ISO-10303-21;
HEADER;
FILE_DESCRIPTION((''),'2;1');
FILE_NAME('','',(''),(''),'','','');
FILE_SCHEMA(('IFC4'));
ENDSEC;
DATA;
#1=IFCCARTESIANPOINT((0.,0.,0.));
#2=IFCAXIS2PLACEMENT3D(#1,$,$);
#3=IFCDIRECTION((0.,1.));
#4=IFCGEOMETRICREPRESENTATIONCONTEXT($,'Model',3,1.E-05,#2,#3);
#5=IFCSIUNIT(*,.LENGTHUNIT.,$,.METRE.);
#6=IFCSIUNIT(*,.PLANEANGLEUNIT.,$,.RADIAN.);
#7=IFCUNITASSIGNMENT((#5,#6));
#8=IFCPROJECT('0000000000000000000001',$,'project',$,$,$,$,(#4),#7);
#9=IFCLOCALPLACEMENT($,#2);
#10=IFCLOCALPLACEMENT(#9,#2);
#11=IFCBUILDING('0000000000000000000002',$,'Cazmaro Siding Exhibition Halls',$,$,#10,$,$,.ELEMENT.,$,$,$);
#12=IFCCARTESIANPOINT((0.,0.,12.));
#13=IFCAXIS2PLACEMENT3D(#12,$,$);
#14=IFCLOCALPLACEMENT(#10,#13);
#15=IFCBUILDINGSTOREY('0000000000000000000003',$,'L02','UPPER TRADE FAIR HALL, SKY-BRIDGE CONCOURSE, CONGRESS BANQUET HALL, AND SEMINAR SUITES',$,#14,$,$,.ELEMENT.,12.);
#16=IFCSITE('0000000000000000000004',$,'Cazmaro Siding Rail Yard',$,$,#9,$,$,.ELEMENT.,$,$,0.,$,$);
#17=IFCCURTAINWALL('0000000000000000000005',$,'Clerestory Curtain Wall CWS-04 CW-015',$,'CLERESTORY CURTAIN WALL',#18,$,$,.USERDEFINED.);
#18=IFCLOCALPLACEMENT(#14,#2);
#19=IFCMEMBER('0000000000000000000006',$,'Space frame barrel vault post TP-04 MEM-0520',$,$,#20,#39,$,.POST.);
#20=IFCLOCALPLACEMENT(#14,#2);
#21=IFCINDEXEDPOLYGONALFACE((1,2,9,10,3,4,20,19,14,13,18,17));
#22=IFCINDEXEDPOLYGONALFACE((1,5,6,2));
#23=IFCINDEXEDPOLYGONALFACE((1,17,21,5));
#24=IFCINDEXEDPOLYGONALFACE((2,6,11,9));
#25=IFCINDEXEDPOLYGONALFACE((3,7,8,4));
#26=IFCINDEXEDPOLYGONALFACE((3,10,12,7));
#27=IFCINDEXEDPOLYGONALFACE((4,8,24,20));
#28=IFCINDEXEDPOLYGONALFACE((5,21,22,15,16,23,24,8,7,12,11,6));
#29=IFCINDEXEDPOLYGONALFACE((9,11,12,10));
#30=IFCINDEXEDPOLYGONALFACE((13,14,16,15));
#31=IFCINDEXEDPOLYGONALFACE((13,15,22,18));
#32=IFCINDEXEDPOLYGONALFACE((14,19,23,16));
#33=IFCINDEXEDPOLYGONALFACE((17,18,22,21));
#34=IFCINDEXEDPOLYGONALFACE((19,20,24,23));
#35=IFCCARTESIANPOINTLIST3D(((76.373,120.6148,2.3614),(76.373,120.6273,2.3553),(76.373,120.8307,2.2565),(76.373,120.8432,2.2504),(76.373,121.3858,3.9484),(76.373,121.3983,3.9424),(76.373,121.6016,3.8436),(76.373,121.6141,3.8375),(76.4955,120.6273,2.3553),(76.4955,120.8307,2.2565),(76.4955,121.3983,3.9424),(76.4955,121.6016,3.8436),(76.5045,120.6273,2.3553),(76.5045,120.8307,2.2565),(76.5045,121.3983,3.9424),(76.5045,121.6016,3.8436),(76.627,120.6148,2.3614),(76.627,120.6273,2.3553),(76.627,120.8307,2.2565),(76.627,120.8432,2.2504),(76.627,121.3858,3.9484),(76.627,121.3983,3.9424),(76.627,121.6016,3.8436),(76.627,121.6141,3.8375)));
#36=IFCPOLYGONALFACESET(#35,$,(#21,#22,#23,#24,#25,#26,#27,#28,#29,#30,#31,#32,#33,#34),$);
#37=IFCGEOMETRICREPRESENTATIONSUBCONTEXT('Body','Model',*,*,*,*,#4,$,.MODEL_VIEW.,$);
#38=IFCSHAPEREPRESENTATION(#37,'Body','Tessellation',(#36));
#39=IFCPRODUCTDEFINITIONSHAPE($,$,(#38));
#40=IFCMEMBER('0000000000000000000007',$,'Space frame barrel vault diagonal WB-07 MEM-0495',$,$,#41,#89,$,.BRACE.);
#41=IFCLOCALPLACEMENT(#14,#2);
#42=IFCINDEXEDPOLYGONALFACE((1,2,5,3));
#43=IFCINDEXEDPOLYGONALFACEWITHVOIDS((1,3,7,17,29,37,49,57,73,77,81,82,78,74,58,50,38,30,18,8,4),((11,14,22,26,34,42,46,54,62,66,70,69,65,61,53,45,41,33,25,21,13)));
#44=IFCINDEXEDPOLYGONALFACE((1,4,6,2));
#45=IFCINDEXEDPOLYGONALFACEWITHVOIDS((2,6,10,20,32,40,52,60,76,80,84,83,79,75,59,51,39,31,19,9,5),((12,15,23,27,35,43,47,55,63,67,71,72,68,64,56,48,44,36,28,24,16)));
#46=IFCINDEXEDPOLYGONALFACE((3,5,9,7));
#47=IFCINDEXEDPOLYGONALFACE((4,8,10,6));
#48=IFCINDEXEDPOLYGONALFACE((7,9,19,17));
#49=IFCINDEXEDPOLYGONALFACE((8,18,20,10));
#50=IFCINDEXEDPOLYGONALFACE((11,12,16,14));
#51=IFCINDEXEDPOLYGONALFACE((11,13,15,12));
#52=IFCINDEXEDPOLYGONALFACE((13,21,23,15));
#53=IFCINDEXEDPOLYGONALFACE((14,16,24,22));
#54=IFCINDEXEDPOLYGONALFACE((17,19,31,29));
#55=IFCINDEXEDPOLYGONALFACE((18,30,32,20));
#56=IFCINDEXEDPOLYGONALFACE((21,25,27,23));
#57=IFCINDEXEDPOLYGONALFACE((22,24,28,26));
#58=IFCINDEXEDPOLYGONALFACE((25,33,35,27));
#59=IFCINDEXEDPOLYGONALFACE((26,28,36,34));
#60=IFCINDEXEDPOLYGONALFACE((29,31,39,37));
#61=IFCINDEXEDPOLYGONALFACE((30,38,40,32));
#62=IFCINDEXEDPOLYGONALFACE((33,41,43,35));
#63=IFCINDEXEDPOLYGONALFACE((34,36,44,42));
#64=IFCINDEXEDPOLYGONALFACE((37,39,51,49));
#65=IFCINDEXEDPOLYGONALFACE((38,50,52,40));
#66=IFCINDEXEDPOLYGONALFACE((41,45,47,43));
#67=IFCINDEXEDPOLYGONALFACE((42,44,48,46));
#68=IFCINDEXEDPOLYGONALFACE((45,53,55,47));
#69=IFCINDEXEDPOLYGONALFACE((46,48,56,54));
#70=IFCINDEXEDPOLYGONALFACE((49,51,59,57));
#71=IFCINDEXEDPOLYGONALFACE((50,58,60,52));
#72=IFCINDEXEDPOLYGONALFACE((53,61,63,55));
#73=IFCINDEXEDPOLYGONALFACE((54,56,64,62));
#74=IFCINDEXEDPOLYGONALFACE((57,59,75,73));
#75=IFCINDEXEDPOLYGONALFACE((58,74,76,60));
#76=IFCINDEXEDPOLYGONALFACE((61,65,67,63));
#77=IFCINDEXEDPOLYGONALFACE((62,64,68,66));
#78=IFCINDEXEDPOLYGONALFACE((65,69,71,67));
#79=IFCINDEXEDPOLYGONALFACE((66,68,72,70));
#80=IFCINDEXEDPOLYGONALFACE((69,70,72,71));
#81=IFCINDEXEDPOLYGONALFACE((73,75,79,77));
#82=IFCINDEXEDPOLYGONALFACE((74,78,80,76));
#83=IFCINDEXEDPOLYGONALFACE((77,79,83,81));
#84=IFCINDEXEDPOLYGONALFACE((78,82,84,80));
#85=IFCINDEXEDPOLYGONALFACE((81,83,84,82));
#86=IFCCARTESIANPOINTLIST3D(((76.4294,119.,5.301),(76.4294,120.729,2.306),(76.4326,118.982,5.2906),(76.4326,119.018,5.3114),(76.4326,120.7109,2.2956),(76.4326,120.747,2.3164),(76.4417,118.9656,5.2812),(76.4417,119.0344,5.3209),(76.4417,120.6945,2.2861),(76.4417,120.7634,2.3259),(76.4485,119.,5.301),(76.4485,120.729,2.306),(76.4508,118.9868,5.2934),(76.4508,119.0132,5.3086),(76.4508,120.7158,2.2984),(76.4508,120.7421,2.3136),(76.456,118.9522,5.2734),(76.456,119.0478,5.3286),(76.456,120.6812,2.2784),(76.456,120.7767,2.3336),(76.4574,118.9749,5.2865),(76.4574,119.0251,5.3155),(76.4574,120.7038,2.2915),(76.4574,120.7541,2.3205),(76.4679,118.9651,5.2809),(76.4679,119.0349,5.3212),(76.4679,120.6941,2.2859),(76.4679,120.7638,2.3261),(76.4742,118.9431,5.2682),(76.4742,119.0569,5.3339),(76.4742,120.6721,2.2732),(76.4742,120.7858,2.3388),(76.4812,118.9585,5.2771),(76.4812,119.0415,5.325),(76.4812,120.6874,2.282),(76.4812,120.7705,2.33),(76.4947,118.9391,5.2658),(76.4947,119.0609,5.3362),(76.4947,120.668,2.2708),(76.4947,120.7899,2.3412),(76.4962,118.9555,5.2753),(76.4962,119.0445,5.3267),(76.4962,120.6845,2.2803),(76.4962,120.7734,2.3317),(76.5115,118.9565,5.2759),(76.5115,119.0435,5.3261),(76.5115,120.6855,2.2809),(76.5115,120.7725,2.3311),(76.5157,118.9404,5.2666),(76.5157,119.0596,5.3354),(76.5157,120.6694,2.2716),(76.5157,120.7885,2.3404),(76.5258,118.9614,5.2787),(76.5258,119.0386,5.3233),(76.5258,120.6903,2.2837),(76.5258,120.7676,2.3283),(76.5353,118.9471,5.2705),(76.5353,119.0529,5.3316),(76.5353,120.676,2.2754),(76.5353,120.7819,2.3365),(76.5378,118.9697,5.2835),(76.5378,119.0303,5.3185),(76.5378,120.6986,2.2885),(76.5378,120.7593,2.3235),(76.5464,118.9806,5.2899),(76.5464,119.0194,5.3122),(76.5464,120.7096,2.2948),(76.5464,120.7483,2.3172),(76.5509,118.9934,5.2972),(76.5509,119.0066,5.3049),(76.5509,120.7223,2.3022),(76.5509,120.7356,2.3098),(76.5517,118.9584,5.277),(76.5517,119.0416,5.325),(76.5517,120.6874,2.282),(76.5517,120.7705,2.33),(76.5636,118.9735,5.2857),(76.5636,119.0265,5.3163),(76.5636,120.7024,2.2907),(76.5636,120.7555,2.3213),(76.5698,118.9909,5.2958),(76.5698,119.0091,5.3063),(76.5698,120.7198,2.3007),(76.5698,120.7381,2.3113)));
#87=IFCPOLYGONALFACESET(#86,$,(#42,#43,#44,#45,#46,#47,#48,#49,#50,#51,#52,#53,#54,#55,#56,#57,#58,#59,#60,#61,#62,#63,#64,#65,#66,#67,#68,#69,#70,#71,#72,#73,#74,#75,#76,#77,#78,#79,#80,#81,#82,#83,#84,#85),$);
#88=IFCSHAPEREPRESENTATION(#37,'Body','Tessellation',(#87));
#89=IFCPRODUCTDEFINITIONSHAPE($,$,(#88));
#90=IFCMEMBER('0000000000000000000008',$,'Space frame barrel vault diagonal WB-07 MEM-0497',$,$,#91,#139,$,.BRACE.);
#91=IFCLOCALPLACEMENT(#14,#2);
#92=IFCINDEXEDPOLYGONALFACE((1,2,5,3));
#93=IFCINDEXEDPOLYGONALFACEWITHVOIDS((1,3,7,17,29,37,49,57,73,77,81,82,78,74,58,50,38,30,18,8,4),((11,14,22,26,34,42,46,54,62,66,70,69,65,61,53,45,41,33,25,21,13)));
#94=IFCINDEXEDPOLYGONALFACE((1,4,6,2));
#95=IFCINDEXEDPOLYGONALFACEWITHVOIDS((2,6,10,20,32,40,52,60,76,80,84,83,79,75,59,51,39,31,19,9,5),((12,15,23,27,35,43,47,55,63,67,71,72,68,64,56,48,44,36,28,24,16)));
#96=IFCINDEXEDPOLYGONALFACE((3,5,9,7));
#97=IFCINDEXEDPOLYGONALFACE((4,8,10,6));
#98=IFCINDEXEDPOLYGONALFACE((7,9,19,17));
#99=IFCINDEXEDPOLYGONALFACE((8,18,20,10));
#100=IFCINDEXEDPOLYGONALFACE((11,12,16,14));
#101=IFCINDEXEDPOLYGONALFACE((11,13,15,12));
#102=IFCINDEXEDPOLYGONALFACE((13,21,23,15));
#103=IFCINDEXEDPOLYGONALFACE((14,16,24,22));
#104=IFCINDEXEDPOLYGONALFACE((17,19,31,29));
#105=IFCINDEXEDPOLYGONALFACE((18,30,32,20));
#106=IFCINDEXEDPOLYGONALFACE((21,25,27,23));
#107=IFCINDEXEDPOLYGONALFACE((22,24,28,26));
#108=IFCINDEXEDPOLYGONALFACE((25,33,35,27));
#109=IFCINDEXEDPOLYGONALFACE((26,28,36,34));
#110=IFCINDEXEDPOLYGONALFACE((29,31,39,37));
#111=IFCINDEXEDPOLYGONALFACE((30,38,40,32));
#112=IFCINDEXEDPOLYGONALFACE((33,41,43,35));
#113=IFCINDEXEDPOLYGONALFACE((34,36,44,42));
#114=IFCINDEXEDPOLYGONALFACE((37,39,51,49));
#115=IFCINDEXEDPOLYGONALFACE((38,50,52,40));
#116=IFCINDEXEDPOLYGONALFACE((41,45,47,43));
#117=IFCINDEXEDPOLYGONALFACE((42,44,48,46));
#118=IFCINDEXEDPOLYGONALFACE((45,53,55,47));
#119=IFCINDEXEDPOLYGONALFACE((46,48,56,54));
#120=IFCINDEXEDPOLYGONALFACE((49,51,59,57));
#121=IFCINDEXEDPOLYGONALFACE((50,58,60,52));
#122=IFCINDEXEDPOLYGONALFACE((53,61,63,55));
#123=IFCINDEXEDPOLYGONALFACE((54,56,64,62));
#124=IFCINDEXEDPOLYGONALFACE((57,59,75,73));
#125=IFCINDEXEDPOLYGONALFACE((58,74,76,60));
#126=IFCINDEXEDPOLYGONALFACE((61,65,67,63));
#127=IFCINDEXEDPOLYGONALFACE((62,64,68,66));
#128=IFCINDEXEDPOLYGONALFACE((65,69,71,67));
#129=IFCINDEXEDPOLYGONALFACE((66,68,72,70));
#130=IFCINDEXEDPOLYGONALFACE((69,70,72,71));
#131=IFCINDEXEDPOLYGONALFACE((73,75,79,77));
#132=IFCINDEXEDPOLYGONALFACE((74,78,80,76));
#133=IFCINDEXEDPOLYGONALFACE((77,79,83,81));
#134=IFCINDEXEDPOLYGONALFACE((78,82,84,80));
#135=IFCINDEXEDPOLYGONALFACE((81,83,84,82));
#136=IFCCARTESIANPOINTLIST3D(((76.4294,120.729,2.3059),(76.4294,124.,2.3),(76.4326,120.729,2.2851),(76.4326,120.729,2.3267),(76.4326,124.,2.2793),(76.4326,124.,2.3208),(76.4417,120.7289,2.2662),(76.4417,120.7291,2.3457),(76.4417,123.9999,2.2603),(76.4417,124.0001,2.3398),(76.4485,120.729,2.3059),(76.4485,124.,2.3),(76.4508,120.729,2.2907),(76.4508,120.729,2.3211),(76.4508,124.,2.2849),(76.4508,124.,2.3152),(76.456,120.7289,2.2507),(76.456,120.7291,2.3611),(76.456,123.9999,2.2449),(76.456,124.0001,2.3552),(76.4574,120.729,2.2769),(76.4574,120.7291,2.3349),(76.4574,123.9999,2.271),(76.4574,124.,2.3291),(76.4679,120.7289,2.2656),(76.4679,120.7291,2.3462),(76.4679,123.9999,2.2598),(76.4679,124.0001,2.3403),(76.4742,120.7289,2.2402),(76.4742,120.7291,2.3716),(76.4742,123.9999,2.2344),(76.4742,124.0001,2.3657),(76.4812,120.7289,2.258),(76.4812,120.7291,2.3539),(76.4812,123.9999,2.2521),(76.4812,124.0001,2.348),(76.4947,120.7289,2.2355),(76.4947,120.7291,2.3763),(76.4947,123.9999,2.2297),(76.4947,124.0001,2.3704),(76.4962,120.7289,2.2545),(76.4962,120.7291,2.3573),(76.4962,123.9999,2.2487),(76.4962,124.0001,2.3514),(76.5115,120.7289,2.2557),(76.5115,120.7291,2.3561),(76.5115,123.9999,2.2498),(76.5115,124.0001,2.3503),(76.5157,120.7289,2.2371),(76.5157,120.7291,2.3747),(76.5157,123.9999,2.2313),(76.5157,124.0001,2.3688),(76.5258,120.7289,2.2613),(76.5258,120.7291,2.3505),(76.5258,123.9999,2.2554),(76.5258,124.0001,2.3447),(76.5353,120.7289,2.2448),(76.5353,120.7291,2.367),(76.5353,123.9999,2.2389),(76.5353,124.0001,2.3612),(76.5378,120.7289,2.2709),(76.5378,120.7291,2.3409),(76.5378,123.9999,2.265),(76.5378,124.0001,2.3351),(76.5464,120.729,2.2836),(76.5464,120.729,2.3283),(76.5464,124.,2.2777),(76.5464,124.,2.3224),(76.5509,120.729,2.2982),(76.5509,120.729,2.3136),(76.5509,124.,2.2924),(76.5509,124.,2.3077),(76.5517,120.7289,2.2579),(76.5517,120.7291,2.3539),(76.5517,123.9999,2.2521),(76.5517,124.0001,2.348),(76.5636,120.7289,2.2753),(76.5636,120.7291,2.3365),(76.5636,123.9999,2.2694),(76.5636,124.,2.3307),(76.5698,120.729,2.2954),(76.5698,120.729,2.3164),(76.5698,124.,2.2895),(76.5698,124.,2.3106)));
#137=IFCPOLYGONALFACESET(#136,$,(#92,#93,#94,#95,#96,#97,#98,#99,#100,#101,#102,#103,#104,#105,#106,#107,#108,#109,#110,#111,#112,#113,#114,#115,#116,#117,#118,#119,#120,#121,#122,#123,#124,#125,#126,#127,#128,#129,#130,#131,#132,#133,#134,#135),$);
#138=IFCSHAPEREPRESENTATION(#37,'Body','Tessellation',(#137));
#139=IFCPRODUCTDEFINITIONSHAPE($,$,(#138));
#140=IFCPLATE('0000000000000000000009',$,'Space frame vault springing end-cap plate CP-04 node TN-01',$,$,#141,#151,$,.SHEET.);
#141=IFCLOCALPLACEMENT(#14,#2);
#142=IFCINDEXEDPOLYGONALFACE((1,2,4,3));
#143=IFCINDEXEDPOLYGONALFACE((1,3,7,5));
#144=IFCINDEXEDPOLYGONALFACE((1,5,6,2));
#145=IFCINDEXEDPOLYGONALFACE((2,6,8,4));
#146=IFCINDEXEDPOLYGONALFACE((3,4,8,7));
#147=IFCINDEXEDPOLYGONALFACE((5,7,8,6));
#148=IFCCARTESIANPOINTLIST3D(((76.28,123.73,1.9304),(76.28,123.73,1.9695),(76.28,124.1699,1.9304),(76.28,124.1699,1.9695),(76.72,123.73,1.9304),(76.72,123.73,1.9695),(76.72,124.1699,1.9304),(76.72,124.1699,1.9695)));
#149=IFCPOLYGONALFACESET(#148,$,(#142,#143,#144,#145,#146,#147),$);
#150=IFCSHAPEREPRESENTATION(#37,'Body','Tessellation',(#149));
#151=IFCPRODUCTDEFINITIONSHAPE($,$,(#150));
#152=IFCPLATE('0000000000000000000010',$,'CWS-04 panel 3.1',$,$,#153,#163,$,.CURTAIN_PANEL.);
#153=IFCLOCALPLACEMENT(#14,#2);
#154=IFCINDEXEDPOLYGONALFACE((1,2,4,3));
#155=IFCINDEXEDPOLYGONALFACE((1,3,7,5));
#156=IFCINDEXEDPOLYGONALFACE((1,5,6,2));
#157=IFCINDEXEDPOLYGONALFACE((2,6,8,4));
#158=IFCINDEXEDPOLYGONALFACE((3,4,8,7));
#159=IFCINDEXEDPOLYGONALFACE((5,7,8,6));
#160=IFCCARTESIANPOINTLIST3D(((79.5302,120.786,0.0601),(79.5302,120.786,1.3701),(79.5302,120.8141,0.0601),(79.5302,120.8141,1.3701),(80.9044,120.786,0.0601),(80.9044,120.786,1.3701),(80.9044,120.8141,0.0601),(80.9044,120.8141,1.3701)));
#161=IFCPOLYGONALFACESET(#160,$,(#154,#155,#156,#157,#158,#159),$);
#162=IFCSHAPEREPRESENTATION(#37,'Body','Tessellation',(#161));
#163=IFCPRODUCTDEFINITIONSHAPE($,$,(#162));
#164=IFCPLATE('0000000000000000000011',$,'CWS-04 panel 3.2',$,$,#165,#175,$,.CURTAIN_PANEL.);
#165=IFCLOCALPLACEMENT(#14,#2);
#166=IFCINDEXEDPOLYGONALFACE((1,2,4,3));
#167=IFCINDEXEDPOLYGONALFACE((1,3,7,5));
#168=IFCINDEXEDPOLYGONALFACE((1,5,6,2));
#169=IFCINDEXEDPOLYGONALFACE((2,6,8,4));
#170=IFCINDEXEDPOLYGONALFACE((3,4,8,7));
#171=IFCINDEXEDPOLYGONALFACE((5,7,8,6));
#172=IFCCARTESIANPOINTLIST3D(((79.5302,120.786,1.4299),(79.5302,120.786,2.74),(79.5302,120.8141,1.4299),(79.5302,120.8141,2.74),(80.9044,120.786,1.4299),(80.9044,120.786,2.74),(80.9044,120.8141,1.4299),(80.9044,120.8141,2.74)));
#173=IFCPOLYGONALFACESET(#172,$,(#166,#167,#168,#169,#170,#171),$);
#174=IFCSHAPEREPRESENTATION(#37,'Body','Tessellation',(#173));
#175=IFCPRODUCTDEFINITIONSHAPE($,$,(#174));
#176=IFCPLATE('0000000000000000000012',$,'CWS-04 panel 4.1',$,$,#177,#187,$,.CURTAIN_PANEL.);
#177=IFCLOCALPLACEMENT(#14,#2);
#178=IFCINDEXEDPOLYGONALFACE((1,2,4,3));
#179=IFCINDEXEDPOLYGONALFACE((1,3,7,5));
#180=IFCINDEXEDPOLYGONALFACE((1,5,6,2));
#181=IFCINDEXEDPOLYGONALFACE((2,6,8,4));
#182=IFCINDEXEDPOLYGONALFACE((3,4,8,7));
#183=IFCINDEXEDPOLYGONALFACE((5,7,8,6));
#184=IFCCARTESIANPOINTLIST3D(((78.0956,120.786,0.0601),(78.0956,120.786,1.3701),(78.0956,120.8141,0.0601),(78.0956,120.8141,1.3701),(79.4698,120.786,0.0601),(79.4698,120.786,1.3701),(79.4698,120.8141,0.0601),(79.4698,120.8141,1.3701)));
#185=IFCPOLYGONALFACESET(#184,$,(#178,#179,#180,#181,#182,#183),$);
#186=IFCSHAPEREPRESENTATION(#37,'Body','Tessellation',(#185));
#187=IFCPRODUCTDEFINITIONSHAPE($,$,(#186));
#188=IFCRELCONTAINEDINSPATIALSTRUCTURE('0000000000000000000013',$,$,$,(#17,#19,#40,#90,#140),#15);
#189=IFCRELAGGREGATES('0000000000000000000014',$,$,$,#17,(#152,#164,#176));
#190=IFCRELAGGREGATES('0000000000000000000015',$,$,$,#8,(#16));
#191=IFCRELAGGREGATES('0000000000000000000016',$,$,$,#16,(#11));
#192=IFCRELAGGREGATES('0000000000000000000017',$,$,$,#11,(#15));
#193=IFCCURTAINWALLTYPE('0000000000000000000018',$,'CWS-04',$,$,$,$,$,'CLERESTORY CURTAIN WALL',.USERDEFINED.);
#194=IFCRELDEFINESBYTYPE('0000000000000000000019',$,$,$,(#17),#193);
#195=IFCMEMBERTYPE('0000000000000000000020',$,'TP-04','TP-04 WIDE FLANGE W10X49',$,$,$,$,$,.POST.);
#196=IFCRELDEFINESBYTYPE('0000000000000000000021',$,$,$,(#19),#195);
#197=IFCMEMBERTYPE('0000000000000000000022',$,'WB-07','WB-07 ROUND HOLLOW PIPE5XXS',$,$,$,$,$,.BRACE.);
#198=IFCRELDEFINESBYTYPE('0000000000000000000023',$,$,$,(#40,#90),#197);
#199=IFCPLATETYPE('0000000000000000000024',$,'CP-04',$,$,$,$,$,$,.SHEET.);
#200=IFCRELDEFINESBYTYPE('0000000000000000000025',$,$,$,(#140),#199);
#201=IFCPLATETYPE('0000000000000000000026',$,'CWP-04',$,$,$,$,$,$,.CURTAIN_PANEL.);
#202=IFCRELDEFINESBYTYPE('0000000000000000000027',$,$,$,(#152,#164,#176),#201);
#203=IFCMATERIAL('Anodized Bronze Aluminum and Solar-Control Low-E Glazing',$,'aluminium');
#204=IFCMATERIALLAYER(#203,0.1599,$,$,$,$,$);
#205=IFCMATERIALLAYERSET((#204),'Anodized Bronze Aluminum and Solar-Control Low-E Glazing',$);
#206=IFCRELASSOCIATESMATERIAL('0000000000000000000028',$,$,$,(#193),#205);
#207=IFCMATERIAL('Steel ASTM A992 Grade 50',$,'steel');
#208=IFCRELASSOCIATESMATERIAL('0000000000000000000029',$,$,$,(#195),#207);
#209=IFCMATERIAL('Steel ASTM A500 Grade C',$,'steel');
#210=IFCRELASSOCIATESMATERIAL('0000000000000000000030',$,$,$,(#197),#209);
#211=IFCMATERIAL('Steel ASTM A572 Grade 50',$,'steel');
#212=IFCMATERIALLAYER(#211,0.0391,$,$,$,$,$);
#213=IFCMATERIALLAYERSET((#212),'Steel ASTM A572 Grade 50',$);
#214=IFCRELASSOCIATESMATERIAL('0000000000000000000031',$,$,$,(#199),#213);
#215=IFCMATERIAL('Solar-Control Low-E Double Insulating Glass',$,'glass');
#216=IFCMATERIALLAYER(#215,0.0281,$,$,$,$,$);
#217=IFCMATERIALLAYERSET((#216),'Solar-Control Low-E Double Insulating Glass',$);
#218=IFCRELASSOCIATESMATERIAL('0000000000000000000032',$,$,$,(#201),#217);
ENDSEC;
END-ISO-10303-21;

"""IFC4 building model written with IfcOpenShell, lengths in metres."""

from ifc_helpers import new_model, si_unit, direction, frame, origin, origin_2d, place, context, subcontext, project, spatial, rectangle, hollow_circle, i_section, extrude, material, layer, layer_set, material_profile, profile_set, type_object, element, aggregate, save


model = new_model("IFC4")

# Units and contexts
model_context = context("Model", 3, precision=1e-05, world=origin(), true_north=direction((0.0, 1.0)))
body_context = subcontext(model_context, "Body", "Model", "MODEL_VIEW")
ifc_project = project(units=[si_unit("LENGTHUNIT", "METRE"), si_unit("PLANEANGLEUNIT", "RADIAN")], contexts=[model_context])

# Site, building, storey
site_placement = place(None, origin())
site = spatial("IfcSite", under=ifc_project, at=site_placement, Name="Cazmaro Siding Rail Yard", CompositionType="ELEMENT", RefElevation=0.0)
building_placement = place(site_placement, origin())
building = spatial("IfcBuilding", under=site, at=building_placement, Name="Cazmaro Siding Exhibition Halls", CompositionType="ELEMENT")
storey_placement = place(building_placement, frame((0.0, 0.0, 12.0)))
storey = spatial("IfcBuildingStorey", under=building, at=storey_placement, Name="L02", Description="UPPER TRADE FAIR HALL, SKY-BRIDGE CONCOURSE, CONGRESS BANQUET HALL, AND SEMINAR SUITES", CompositionType="ELEMENT", Elevation=12.0)

# Curtain wall
ifc_material_1 = material(Name="Anodized Bronze Aluminum and Solar-Control Low-E Glazing", Category="aluminium")
ifc_layer_1 = layer(ifc_material_1, 0.1599)
ifc_layer_set_1 = layer_set([ifc_layer_1], Name="Anodized Bronze Aluminum and Solar-Control Low-E Glazing")
curtain_wall_type = type_object("IfcCurtainWallType", Name="CWS-04", ElementType="CLERESTORY CURTAIN WALL", PredefinedType="USERDEFINED", material=ifc_layer_set_1)
curtain_wall_placement = place(storey_placement, origin())
curtain_wall = element("IfcCurtainWall", 1, at=curtain_wall_placement, inside=storey, type_object=curtain_wall_type, Name="Clerestory Curtain Wall CWS-04 CW-015", ObjectType="CLERESTORY CURTAIN WALL", PredefinedType="USERDEFINED")

# Members
ifc_material_2 = material(Name="Steel ASTM A992 Grade 50", Category="steel")
ifc_material_profile_1 = material_profile(ifc_material_2, i_section(OverallWidth=0.2539, OverallDepth=0.2539, WebThickness=0.009, FlangeThickness=0.0139, at=origin_2d()), Name="W10X49")
ifc_profile_set_1 = profile_set([ifc_material_profile_1], Name="Steel ASTM A992 Grade 50")
member_type_1 = type_object("IfcMemberType", Name="TP-04", Description="TP-04 WIDE FLANGE W10X49", PredefinedType="POST", material=ifc_profile_set_1)
member_1_placement = place(storey_placement, frame((76.5, 120.729, 2.3059), z_axis=(0.0, 0.436946, 0.899488), x_axis=(-1.0, 0.0, 0.0)))
element("IfcMember", 2, at=member_1_placement, inside=storey, type_object=member_type_1, Name="Space frame barrel vault post TP-04 MEM-0520", PredefinedType="POST", context=body_context, shape_type="SweptSolid", body=[
    extrude(i_section(OverallWidth=0.2539, OverallDepth=0.2539, WebThickness=0.009, FlangeThickness=0.0139, at=origin_2d()), origin(), (0.0, 0.0, 1.0), 1.7644),
])
ifc_material_3 = material(Name="Steel ASTM A500 Grade C", Category="steel")
ifc_material_profile_2 = material_profile(ifc_material_3, hollow_circle(Radius=0.0706, WallThickness=0.019, at=origin_2d()), Name="PIPE5XXS")
ifc_profile_set_2 = profile_set([ifc_material_profile_2], Name="Steel ASTM A500 Grade C")
member_type_2 = type_object("IfcMemberType", Name="WB-07", Description="WB-07 ROUND HOLLOW PIPE5XXS", PredefinedType="BRACE", material=ifc_profile_set_2)
member_2_placement = place(storey_placement, frame((76.5, 119.0, 5.301), z_axis=(0.0, 0.499951, -0.866054), x_axis=(-1.0, 0.0, 0.0)))
element("IfcMember", 3, at=member_2_placement, inside=storey, type_object=member_type_2, Name="Space frame barrel vault diagonal WB-07 MEM-0495", PredefinedType="BRACE", context=body_context, shape_type="SweptSolid", body=[
    extrude(hollow_circle(Radius=0.0706, WallThickness=0.019, at=origin_2d()), origin(), (0.0, 0.0, 1.0), 3.4583),
])
member_3_placement = place(storey_placement, frame((76.5, 120.729, 2.3059), z_axis=(0.0, 0.999998, -0.001791), x_axis=(-1.0, 0.0, 0.0)))
element("IfcMember", 4, at=member_3_placement, inside=storey, type_object=member_type_2, Name="Space frame barrel vault diagonal WB-07 MEM-0497", PredefinedType="BRACE", context=body_context, shape_type="SweptSolid", body=[
    extrude(hollow_circle(Radius=0.0706, WallThickness=0.019, at=origin_2d()), origin(), (0.0, 0.0, 1.0), 3.271),
])

# Plates
ifc_material_4 = material(Name="Steel ASTM A572 Grade 50", Category="steel")
ifc_layer_2 = layer(ifc_material_4, 0.0391)
ifc_layer_set_2 = layer_set([ifc_layer_2], Name="Steel ASTM A572 Grade 50")
plate_type_1 = type_object("IfcPlateType", Name="CP-04", PredefinedType="SHEET", material=ifc_layer_set_2)
plate_1_placement = place(storey_placement, frame((76.5, 123.95, 1.9304), z_axis=(0.0, 0.0, 1.0), x_axis=(1.0, 0.0, 0.0)))
element("IfcPlate", 5, at=plate_1_placement, inside=storey, type_object=plate_type_1, Name="Space frame vault springing end-cap plate CP-04 node TN-01", PredefinedType="SHEET", context=body_context, shape_type="SweptSolid", body=[
    extrude(rectangle(XDim=0.4399, YDim=0.4399, at=origin_2d()), origin(), (0.0, 0.0, 1.0), 0.0391),
])
ifc_material_5 = material(Name="Solar-Control Low-E Double Insulating Glass", Category="glass")
ifc_layer_3 = layer(ifc_material_5, 0.0281)
ifc_layer_set_3 = layer_set([ifc_layer_3], Name="Solar-Control Low-E Double Insulating Glass")
plate_type_2 = type_object("IfcPlateType", Name="CWP-04", PredefinedType="CURTAIN_PANEL", material=ifc_layer_set_3)
plate_2_placement = place(storey_placement, frame((80.2173, 120.8, 0.0601), z_axis=(0.0, 0.0, 1.0), x_axis=(-1.0, 0.0, 0.0)))
plate_2 = element("IfcPlate", 6, at=plate_2_placement, type_object=plate_type_2, Name="CWS-04 panel 3.1", PredefinedType="CURTAIN_PANEL", context=body_context, shape_type="SweptSolid", body=[
    extrude(rectangle(XDim=1.3743, YDim=0.0281, at=origin_2d()), origin(), (0.0, 0.0, 1.0), 1.3101),
])
plate_3_placement = place(storey_placement, frame((80.2173, 120.8, 1.4299), z_axis=(0.0, 0.0, 1.0), x_axis=(-1.0, 0.0, 0.0)))
plate_3 = element("IfcPlate", 7, at=plate_3_placement, type_object=plate_type_2, Name="CWS-04 panel 3.2", PredefinedType="CURTAIN_PANEL", context=body_context, shape_type="SweptSolid", body=[
    extrude(rectangle(XDim=1.3743, YDim=0.0281, at=origin_2d()), origin(), (0.0, 0.0, 1.0), 1.3101),
])
plate_4_placement = place(storey_placement, frame((78.7827, 120.8, 0.0601), z_axis=(0.0, 0.0, 1.0), x_axis=(-1.0, 0.0, 0.0)))
plate_4 = element("IfcPlate", 8, at=plate_4_placement, type_object=plate_type_2, Name="CWS-04 panel 4.1", PredefinedType="CURTAIN_PANEL", context=body_context, shape_type="SweptSolid", body=[
    extrude(rectangle(XDim=1.3743, YDim=0.0281, at=origin_2d()), origin(), (0.0, 0.0, 1.0), 1.3101),
])
aggregate(curtain_wall, [plate_2, plate_3, plate_4])

save(model, "model.ifc")
